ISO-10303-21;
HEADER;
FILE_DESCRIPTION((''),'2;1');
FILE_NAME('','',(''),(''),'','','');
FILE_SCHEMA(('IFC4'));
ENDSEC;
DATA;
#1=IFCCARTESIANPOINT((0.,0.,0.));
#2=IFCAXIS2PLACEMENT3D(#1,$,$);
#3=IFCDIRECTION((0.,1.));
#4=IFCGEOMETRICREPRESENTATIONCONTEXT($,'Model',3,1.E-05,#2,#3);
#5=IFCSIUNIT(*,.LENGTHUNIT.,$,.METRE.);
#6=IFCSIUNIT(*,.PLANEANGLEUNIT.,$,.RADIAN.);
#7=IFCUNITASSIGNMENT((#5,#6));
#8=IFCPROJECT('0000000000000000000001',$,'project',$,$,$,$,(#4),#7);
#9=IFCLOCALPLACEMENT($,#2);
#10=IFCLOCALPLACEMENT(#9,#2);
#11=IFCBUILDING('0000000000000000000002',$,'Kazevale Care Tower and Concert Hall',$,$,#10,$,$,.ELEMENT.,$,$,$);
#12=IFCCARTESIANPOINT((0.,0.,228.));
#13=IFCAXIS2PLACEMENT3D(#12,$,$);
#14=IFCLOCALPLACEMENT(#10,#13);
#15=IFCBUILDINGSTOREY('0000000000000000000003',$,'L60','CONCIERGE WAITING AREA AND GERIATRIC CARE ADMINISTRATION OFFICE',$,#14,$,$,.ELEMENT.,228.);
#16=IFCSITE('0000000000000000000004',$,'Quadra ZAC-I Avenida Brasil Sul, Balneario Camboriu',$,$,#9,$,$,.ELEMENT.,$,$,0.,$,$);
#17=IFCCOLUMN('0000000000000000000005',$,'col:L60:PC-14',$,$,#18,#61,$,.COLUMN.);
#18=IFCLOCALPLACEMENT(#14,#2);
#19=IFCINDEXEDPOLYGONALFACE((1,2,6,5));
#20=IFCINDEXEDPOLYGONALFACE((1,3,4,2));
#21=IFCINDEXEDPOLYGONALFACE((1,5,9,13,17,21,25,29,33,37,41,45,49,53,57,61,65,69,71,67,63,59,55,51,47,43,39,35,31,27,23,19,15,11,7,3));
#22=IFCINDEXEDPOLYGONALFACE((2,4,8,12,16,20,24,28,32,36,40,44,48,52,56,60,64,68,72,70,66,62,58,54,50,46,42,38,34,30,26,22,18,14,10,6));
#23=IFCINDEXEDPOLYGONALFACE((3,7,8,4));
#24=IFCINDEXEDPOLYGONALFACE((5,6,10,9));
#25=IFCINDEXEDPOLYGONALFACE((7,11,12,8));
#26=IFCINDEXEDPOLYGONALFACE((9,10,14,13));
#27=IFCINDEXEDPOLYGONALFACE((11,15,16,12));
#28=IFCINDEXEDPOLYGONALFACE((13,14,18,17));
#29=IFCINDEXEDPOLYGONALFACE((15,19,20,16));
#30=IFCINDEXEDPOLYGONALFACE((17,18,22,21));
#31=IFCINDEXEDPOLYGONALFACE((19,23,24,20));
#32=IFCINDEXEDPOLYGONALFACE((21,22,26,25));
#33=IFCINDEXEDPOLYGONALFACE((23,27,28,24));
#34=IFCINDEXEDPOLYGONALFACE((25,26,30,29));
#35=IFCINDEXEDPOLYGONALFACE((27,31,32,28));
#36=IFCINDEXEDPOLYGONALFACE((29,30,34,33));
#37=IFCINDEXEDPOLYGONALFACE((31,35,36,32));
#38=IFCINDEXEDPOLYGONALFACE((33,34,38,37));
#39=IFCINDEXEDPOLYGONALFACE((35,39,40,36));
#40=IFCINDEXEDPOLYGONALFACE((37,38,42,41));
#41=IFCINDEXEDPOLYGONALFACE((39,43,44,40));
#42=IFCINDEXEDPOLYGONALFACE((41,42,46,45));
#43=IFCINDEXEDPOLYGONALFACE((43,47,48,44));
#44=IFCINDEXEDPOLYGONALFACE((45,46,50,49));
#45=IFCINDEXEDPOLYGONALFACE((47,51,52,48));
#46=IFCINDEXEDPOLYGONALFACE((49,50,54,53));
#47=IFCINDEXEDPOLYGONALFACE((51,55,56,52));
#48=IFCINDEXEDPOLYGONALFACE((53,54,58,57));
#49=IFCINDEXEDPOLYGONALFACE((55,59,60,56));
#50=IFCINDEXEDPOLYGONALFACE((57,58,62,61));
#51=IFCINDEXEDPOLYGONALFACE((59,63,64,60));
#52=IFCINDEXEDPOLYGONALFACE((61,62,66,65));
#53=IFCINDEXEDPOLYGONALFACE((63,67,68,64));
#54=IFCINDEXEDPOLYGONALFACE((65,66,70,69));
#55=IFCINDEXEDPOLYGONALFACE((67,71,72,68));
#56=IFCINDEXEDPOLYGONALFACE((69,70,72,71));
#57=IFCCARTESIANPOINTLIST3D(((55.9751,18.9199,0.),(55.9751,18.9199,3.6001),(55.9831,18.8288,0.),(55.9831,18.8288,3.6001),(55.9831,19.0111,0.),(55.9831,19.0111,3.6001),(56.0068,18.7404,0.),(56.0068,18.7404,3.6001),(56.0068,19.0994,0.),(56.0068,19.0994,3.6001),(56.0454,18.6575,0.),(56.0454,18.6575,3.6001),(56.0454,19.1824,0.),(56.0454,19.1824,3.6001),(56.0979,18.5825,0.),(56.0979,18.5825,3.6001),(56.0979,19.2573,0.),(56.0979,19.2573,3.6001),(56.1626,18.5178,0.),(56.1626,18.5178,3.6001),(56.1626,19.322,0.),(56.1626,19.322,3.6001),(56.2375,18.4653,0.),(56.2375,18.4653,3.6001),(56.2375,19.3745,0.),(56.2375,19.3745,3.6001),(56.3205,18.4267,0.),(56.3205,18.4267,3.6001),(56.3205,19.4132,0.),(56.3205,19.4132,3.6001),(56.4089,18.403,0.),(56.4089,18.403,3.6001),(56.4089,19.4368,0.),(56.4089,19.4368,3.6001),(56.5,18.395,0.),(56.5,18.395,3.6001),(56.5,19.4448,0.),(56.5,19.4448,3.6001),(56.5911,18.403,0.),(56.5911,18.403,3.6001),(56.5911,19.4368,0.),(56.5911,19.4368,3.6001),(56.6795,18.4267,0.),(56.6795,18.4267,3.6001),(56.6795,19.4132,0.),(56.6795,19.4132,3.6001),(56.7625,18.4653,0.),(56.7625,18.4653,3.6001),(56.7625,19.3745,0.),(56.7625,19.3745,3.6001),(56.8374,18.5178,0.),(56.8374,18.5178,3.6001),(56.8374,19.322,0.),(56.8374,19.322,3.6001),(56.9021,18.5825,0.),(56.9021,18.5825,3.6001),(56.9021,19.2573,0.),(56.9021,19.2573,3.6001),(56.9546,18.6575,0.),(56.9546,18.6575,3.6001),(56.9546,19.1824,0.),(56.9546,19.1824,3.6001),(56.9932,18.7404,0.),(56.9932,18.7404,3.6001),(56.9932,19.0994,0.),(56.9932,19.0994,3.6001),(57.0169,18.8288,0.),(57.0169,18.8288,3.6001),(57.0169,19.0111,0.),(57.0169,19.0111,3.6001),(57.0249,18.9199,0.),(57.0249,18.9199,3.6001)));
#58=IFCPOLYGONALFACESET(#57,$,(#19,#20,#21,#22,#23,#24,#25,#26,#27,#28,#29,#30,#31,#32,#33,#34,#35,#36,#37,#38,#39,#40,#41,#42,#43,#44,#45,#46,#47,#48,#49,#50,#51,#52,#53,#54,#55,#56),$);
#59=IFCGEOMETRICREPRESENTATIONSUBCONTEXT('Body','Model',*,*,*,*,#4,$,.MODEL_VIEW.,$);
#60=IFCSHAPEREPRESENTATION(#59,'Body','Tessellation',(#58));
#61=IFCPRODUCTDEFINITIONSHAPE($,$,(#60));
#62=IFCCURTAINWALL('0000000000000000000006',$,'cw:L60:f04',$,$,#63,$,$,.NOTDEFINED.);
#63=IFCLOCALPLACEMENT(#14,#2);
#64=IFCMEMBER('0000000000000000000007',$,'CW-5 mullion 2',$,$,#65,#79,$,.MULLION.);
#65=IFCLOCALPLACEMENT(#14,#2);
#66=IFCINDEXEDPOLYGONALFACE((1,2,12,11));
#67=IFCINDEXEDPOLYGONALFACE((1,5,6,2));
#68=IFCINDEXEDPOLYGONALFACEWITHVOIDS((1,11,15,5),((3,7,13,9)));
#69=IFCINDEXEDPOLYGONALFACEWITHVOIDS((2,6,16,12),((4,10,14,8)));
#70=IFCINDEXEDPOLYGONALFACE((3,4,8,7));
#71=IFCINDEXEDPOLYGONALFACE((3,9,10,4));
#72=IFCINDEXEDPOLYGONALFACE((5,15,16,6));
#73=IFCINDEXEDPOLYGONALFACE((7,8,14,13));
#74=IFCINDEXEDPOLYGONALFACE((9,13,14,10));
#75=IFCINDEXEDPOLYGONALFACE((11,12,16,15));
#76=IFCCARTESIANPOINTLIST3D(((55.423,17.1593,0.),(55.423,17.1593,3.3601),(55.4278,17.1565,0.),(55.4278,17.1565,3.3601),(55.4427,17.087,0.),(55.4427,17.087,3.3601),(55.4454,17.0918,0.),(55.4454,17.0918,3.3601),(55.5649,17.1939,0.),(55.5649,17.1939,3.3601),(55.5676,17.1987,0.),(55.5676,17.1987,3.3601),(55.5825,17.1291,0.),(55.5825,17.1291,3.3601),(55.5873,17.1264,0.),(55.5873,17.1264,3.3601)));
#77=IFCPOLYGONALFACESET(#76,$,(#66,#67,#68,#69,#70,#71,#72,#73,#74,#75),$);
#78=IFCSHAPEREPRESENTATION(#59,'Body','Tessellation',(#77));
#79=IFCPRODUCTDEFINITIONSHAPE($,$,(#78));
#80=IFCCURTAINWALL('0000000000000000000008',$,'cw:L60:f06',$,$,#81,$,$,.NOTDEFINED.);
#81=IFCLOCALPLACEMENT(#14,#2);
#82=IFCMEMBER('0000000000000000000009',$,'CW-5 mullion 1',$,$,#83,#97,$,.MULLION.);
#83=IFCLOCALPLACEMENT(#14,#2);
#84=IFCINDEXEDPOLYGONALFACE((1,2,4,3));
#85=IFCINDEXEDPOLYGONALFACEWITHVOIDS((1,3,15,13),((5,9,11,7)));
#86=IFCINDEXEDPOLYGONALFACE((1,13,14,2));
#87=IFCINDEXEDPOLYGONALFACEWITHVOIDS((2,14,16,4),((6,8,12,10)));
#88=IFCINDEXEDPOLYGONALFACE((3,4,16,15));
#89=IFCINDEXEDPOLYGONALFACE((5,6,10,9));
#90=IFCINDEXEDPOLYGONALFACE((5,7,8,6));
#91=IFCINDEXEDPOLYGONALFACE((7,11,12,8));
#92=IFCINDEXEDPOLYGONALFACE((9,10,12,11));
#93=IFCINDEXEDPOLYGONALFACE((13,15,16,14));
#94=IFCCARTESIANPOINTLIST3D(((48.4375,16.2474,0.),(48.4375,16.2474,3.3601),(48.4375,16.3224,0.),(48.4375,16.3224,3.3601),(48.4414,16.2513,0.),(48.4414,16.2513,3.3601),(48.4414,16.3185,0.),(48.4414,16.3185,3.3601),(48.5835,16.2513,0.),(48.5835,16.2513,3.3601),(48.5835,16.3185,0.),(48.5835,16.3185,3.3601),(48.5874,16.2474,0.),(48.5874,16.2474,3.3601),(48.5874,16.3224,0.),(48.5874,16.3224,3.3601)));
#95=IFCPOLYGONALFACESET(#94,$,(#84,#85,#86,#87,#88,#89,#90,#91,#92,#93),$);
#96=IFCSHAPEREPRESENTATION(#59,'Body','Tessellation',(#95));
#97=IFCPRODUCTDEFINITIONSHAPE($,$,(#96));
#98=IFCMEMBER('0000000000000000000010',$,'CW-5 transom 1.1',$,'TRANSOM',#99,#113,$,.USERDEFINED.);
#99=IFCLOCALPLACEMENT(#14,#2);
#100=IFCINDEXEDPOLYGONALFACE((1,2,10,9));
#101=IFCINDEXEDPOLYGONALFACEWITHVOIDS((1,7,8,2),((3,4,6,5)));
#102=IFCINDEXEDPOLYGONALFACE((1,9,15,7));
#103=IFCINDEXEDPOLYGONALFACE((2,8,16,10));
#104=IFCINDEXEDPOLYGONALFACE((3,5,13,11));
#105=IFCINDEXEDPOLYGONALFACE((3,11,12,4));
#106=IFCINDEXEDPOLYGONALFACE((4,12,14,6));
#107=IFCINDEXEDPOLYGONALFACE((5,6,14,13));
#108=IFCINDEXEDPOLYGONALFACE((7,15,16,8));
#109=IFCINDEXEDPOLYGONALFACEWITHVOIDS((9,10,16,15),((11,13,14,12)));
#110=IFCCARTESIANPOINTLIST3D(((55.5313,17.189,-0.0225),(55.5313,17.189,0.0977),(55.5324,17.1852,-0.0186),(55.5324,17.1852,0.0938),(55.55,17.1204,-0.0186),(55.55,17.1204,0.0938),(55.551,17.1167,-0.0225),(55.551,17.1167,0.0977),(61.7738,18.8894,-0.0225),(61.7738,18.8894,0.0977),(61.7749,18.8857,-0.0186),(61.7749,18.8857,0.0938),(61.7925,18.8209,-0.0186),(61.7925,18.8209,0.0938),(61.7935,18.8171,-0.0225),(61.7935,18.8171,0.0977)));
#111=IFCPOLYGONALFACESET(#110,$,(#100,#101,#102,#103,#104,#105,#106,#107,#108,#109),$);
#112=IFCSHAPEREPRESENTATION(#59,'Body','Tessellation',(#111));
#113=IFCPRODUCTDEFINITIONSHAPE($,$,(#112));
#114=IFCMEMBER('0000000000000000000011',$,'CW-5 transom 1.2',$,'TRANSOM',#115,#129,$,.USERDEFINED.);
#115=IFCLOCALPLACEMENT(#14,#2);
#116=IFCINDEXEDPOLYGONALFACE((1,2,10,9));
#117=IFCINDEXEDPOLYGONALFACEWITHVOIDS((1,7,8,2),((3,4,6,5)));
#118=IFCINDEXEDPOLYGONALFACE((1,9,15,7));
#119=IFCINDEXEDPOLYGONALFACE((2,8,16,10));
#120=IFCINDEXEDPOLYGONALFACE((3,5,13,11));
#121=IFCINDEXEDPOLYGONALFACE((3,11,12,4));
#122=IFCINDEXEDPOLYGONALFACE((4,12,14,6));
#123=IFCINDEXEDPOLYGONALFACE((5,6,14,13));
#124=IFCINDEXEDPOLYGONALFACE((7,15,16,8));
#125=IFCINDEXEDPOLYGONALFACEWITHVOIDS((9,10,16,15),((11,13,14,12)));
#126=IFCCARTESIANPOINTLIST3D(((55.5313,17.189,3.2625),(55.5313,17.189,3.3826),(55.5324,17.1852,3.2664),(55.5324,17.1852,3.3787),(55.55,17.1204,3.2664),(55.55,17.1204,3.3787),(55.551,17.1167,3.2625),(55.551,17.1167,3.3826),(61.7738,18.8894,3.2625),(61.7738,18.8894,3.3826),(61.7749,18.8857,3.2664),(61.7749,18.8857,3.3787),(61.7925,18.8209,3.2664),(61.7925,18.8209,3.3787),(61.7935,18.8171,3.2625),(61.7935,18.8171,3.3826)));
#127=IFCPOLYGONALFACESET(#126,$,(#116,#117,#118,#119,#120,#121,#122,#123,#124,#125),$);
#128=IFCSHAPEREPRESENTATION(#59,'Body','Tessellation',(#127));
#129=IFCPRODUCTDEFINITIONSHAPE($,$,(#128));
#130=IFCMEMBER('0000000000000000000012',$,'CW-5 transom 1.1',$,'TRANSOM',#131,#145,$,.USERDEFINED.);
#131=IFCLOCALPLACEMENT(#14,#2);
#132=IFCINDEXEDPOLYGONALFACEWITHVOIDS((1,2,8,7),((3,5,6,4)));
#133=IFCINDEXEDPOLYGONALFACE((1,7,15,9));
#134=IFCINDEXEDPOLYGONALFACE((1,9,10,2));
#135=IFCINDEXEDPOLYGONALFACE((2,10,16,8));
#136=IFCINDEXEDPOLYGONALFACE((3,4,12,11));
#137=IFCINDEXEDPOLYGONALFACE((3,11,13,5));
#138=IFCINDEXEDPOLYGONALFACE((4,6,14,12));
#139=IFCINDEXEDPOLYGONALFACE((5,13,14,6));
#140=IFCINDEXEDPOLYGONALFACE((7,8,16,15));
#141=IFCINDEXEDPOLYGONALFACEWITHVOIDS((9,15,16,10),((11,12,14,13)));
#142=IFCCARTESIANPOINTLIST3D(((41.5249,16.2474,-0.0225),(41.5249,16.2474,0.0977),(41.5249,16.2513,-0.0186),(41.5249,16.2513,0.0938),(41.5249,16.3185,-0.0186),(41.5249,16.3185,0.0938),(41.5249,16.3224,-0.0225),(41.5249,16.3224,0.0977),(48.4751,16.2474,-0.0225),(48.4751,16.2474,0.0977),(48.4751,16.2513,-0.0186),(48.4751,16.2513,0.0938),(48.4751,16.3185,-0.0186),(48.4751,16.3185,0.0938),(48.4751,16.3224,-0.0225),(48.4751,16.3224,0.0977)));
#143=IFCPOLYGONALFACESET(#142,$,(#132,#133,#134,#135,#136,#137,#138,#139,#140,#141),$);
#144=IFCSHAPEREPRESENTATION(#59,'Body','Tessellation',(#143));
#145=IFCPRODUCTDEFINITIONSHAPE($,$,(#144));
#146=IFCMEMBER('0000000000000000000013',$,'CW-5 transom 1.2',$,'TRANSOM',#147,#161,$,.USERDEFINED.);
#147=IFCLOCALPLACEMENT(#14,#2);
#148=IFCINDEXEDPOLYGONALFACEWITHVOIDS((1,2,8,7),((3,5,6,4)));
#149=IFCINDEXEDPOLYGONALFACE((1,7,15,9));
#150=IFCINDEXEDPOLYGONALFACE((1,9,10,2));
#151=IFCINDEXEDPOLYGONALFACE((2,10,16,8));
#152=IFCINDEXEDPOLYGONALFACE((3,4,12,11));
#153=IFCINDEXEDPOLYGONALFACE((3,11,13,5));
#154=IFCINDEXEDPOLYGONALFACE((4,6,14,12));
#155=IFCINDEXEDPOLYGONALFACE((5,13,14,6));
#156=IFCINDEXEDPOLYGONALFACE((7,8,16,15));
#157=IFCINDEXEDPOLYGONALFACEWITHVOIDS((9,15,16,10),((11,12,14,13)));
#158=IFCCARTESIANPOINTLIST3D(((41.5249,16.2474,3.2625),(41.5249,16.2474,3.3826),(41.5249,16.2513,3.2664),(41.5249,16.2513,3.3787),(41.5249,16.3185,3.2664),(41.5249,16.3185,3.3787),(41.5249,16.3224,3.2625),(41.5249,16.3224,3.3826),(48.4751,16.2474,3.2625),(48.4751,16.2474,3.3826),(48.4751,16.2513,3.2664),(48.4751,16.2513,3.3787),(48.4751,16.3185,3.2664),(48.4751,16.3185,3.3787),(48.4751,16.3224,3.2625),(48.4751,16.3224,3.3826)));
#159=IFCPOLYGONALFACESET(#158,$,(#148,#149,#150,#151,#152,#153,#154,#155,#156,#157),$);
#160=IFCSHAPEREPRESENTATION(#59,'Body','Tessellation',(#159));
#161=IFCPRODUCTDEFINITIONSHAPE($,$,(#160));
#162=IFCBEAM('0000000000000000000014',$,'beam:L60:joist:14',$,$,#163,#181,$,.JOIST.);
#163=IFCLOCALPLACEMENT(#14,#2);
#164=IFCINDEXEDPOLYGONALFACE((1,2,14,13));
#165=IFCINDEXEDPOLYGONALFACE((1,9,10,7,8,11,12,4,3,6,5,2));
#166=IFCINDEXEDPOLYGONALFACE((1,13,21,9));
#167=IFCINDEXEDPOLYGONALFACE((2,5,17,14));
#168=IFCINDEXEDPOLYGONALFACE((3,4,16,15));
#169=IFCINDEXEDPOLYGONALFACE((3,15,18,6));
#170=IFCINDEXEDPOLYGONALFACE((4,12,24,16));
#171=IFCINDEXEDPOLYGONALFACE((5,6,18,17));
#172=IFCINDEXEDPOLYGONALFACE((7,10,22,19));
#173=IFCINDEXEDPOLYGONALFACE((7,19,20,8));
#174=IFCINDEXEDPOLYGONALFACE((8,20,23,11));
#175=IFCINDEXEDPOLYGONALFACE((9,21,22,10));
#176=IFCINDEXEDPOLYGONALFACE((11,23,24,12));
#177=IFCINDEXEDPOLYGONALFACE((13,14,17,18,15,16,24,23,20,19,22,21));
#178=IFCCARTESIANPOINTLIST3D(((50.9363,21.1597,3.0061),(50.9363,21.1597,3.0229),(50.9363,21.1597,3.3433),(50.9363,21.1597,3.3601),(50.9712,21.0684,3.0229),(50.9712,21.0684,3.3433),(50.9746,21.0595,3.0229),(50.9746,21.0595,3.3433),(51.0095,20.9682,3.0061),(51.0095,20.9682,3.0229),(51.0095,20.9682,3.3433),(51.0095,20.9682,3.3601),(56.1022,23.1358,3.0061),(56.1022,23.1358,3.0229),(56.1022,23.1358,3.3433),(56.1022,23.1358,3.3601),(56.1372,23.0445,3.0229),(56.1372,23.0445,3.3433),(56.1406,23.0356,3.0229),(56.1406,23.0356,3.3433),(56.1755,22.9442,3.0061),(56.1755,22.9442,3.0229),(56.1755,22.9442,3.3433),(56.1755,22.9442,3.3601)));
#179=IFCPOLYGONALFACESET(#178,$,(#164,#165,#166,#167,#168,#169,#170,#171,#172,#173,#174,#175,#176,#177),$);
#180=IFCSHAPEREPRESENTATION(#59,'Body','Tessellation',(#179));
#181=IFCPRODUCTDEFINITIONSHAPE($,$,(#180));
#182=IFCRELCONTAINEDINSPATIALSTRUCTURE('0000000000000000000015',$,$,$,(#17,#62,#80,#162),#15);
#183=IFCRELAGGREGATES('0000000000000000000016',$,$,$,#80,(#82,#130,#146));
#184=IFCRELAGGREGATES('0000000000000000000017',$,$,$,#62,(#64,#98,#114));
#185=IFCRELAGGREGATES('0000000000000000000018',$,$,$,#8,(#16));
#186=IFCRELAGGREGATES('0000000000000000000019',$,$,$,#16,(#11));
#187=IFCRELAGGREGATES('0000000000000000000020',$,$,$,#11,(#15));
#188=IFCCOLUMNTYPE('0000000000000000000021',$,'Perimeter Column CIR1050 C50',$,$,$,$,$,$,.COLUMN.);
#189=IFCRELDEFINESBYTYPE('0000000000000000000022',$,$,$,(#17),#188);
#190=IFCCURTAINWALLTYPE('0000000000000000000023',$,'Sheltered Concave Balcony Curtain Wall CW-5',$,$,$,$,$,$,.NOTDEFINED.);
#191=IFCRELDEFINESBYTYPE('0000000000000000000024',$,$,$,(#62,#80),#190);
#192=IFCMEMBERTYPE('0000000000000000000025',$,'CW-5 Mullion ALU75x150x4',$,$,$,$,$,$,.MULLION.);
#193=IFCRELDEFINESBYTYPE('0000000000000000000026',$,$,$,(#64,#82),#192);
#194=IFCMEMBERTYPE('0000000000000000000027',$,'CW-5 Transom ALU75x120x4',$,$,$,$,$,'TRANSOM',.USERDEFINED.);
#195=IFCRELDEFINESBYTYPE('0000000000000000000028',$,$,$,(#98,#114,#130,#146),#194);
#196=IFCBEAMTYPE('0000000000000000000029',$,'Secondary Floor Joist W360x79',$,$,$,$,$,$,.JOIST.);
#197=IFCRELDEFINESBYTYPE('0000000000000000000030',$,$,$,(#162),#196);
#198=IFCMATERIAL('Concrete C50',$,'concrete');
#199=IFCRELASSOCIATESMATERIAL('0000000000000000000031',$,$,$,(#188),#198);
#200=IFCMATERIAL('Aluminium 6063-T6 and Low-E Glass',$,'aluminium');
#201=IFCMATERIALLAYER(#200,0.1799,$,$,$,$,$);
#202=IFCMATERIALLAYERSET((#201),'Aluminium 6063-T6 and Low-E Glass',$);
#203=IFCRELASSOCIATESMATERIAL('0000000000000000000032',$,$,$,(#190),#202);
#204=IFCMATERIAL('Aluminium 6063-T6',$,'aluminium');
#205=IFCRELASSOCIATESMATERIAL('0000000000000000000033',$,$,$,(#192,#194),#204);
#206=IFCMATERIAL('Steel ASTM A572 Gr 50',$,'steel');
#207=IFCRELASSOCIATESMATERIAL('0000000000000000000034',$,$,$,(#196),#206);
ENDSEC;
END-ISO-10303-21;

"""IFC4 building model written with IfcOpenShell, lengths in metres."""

from ifc_helpers import new_model, si_unit, direction, frame, origin, origin_2d, place, context, subcontext, project, spatial, hollow_rectangle, circle, i_section, extrude, material, layer, layer_set, material_profile, profile_set, type_object, element, aggregate, save


model = new_model("IFC4")

# Units and contexts
model_context = context("Model", 3, precision=1e-05, world=origin(), true_north=direction((0.0, 1.0)))
body_context = subcontext(model_context, "Body", "Model", "MODEL_VIEW")
ifc_project = project(units=[si_unit("LENGTHUNIT", "METRE"), si_unit("PLANEANGLEUNIT", "RADIAN")], contexts=[model_context])

# Site, building, storey
site_placement = place(None, origin())
site = spatial("IfcSite", under=ifc_project, at=site_placement, Name="Quadra ZAC-I Avenida Brasil Sul, Balneario Camboriu", CompositionType="ELEMENT", RefElevation=0.0)
building_placement = place(site_placement, origin())
building = spatial("IfcBuilding", under=site, at=building_placement, Name="Kazevale Care Tower and Concert Hall", CompositionType="ELEMENT")
storey_placement = place(building_placement, frame((0.0, 0.0, 228.0)))
storey = spatial("IfcBuildingStorey", under=building, at=storey_placement, Name="L60", Description="CONCIERGE WAITING AREA AND GERIATRIC CARE ADMINISTRATION OFFICE", CompositionType="ELEMENT", Elevation=228.0)

# Column
ifc_material_1 = material(Name="Concrete C50", Category="concrete")
ifc_material_profile_1 = material_profile(ifc_material_1, circle(Radius=0.5249, at=origin_2d()), Name="RC-CIR1050")
ifc_profile_set_1 = profile_set([ifc_material_profile_1], Name="Concrete C50")
column_type = type_object("IfcColumnType", Name="Perimeter Column CIR1050 C50", PredefinedType="COLUMN", material=ifc_profile_set_1)
column_placement = place(storey_placement, frame((56.5, 18.9199, 0.0), z_axis=(0.0, 0.0, 1.0), x_axis=(1.0, 0.0, 0.0)))
element("IfcColumn", 1, at=column_placement, inside=storey, type_object=column_type, Name="col:L60:PC-14", PredefinedType="COLUMN", context=body_context, shape_type="SweptSolid", body=[
    extrude(circle(Radius=0.5249, at=origin_2d()), origin(), (0.0, 0.0, 1.0), 3.6001),
])

# Curtain walls, members
ifc_material_2 = material(Name="Aluminium 6063-T6 and Low-E Glass", Category="aluminium")
ifc_layer_1 = layer(ifc_material_2, 0.1799)
ifc_layer_set_1 = layer_set([ifc_layer_1], Name="Aluminium 6063-T6 and Low-E Glass")
curtain_wall_type = type_object("IfcCurtainWallType", Name="Sheltered Concave Balcony Curtain Wall CW-5", PredefinedType="NOTDEFINED", material=ifc_layer_set_1)
curtain_wall_1_placement = place(storey_placement, origin())
curtain_wall_1 = element("IfcCurtainWall", 2, at=curtain_wall_1_placement, inside=storey, type_object=curtain_wall_type, Name="cw:L60:f04", PredefinedType="NOTDEFINED")
ifc_material_3 = material(Name="Aluminium 6063-T6", Category="aluminium")
ifc_material_profile_2 = material_profile(ifc_material_3, hollow_rectangle(XDim=0.075, YDim=0.1499, WallThickness=0.0039, at=origin_2d()), Name="ALU75x150x4")
ifc_profile_set_2 = profile_set([ifc_material_profile_2], Name="Aluminium 6063-T6")
member_type_1 = type_object("IfcMemberType", Name="CW-5 Mullion ALU75x150x4", PredefinedType="MULLION", material=ifc_profile_set_2)
member_1_placement = place(storey_placement, frame((55.5051, 17.1428, 0.0), z_axis=(0.0, 0.0, 1.0), x_axis=(0.262849, -0.964837, 0.0)))
member_1 = element("IfcMember", 3, at=member_1_placement, type_object=member_type_1, Name="CW-5 mullion 2", PredefinedType="MULLION", context=body_context, shape_type="SweptSolid", body=[
    extrude(hollow_rectangle(XDim=0.075, YDim=0.1499, WallThickness=0.0039, at=origin_2d()), origin(), (0.0, 0.0, 1.0), 3.3601),
])
curtain_wall_2_placement = place(storey_placement, origin())
curtain_wall_2 = element("IfcCurtainWall", 4, at=curtain_wall_2_placement, inside=storey, type_object=curtain_wall_type, Name="cw:L60:f06", PredefinedType="NOTDEFINED")
member_2_placement = place(storey_placement, frame((48.5125, 16.2849, 0.0), z_axis=(0.0, 0.0, 1.0), x_axis=(0.0, -1.0, 0.0)))
member_2 = element("IfcMember", 5, at=member_2_placement, type_object=member_type_1, Name="CW-5 mullion 1", PredefinedType="MULLION", context=body_context, shape_type="SweptSolid", body=[
    extrude(hollow_rectangle(XDim=0.075, YDim=0.1499, WallThickness=0.0039, at=origin_2d()), origin(), (0.0, 0.0, 1.0), 3.3601),
])

# Members
ifc_material_profile_3 = material_profile(ifc_material_3, hollow_rectangle(XDim=0.075, YDim=0.1201, WallThickness=0.0039, at=origin_2d()), Name="ALU75x120x4")
ifc_profile_set_3 = profile_set([ifc_material_profile_3], Name="Aluminium 6063-T6")
member_type_2 = type_object("IfcMemberType", Name="CW-5 Transom ALU75x120x4", ElementType="TRANSOM", PredefinedType="USERDEFINED", material=ifc_profile_set_3)
member_3_placement = place(storey_placement, frame((61.7837, 18.8533, 0.0376), z_axis=(-0.964844, -0.262824, 0.0), x_axis=(0.262824, -0.964844, 0.0)))
member_3 = element("IfcMember", 6, at=member_3_placement, type_object=member_type_2, Name="CW-5 transom 1.1", ObjectType="TRANSOM", PredefinedType="USERDEFINED", context=body_context, shape_type="SweptSolid", body=[
    extrude(hollow_rectangle(XDim=0.075, YDim=0.1201, WallThickness=0.0039, at=origin_2d()), origin(), (0.0, 0.0, 1.0), 6.47),
])
member_4_placement = place(storey_placement, frame((61.7837, 18.8533, 3.3225), z_axis=(-0.964844, -0.262824, 0.0), x_axis=(0.262824, -0.964844, 0.0)))
member_4 = element("IfcMember", 7, at=member_4_placement, type_object=member_type_2, Name="CW-5 transom 1.2", ObjectType="TRANSOM", PredefinedType="USERDEFINED", context=body_context, shape_type="SweptSolid", body=[
    extrude(hollow_rectangle(XDim=0.075, YDim=0.1201, WallThickness=0.0039, at=origin_2d()), origin(), (0.0, 0.0, 1.0), 6.47),
])
member_5_placement = place(storey_placement, frame((48.4751, 16.2849, 0.0376), z_axis=(-1.0, 0.0, 0.0), x_axis=(0.0, -1.0, 0.0)))
member_5 = element("IfcMember", 8, at=member_5_placement, type_object=member_type_2, Name="CW-5 transom 1.1", ObjectType="TRANSOM", PredefinedType="USERDEFINED", context=body_context, shape_type="SweptSolid", body=[
    extrude(hollow_rectangle(XDim=0.075, YDim=0.1201, WallThickness=0.0039, at=origin_2d()), origin(), (0.0, 0.0, 1.0), 6.9502),
])
member_6_placement = place(storey_placement, frame((48.4751, 16.2849, 3.3225), z_axis=(-1.0, 0.0, 0.0), x_axis=(0.0, -1.0, 0.0)))
member_6 = element("IfcMember", 9, at=member_6_placement, type_object=member_type_2, Name="CW-5 transom 1.2", ObjectType="TRANSOM", PredefinedType="USERDEFINED", context=body_context, shape_type="SweptSolid", body=[
    extrude(hollow_rectangle(XDim=0.075, YDim=0.1201, WallThickness=0.0039, at=origin_2d()), origin(), (0.0, 0.0, 1.0), 6.9502),
])
aggregate(curtain_wall_2, [member_2, member_5, member_6])

# Beam
ifc_material_4 = material(Name="Steel ASTM A572 Gr 50", Category="steel")
ifc_material_profile_4 = material_profile(ifc_material_4, i_section(OverallWidth=0.2051, OverallDepth=0.354, WebThickness=0.0095, FlangeThickness=0.0168, at=origin_2d()), Name="W360x79")
ifc_profile_set_4 = profile_set([ifc_material_profile_4], Name="Steel ASTM A572 Gr 50")
beam_type_1 = type_object("IfcBeamType", Name="Secondary Floor Joist W360x79", PredefinedType="JOIST", material=ifc_profile_set_4)
beam_1_placement = place(storey_placement, frame((50.9729, 21.064, 3.1831), z_axis=(0.934002, 0.357269, 0.0), x_axis=(-0.357269, 0.934002, 0.0)))
element("IfcBeam", 10, at=beam_1_placement, inside=storey, type_object=beam_type_1, Name="beam:L60:joist:14", PredefinedType="JOIST", context=body_context, shape_type="SweptSolid", body=[
    extrude(i_section(OverallWidth=0.2051, OverallDepth=0.354, WebThickness=0.0095, FlangeThickness=0.0168, at=origin_2d()), origin(), (0.0, 0.0, 1.0), 5.531),
])

aggregate(curtain_wall_1, [member_1, member_3, member_4])

save(model, "model.ifc")
